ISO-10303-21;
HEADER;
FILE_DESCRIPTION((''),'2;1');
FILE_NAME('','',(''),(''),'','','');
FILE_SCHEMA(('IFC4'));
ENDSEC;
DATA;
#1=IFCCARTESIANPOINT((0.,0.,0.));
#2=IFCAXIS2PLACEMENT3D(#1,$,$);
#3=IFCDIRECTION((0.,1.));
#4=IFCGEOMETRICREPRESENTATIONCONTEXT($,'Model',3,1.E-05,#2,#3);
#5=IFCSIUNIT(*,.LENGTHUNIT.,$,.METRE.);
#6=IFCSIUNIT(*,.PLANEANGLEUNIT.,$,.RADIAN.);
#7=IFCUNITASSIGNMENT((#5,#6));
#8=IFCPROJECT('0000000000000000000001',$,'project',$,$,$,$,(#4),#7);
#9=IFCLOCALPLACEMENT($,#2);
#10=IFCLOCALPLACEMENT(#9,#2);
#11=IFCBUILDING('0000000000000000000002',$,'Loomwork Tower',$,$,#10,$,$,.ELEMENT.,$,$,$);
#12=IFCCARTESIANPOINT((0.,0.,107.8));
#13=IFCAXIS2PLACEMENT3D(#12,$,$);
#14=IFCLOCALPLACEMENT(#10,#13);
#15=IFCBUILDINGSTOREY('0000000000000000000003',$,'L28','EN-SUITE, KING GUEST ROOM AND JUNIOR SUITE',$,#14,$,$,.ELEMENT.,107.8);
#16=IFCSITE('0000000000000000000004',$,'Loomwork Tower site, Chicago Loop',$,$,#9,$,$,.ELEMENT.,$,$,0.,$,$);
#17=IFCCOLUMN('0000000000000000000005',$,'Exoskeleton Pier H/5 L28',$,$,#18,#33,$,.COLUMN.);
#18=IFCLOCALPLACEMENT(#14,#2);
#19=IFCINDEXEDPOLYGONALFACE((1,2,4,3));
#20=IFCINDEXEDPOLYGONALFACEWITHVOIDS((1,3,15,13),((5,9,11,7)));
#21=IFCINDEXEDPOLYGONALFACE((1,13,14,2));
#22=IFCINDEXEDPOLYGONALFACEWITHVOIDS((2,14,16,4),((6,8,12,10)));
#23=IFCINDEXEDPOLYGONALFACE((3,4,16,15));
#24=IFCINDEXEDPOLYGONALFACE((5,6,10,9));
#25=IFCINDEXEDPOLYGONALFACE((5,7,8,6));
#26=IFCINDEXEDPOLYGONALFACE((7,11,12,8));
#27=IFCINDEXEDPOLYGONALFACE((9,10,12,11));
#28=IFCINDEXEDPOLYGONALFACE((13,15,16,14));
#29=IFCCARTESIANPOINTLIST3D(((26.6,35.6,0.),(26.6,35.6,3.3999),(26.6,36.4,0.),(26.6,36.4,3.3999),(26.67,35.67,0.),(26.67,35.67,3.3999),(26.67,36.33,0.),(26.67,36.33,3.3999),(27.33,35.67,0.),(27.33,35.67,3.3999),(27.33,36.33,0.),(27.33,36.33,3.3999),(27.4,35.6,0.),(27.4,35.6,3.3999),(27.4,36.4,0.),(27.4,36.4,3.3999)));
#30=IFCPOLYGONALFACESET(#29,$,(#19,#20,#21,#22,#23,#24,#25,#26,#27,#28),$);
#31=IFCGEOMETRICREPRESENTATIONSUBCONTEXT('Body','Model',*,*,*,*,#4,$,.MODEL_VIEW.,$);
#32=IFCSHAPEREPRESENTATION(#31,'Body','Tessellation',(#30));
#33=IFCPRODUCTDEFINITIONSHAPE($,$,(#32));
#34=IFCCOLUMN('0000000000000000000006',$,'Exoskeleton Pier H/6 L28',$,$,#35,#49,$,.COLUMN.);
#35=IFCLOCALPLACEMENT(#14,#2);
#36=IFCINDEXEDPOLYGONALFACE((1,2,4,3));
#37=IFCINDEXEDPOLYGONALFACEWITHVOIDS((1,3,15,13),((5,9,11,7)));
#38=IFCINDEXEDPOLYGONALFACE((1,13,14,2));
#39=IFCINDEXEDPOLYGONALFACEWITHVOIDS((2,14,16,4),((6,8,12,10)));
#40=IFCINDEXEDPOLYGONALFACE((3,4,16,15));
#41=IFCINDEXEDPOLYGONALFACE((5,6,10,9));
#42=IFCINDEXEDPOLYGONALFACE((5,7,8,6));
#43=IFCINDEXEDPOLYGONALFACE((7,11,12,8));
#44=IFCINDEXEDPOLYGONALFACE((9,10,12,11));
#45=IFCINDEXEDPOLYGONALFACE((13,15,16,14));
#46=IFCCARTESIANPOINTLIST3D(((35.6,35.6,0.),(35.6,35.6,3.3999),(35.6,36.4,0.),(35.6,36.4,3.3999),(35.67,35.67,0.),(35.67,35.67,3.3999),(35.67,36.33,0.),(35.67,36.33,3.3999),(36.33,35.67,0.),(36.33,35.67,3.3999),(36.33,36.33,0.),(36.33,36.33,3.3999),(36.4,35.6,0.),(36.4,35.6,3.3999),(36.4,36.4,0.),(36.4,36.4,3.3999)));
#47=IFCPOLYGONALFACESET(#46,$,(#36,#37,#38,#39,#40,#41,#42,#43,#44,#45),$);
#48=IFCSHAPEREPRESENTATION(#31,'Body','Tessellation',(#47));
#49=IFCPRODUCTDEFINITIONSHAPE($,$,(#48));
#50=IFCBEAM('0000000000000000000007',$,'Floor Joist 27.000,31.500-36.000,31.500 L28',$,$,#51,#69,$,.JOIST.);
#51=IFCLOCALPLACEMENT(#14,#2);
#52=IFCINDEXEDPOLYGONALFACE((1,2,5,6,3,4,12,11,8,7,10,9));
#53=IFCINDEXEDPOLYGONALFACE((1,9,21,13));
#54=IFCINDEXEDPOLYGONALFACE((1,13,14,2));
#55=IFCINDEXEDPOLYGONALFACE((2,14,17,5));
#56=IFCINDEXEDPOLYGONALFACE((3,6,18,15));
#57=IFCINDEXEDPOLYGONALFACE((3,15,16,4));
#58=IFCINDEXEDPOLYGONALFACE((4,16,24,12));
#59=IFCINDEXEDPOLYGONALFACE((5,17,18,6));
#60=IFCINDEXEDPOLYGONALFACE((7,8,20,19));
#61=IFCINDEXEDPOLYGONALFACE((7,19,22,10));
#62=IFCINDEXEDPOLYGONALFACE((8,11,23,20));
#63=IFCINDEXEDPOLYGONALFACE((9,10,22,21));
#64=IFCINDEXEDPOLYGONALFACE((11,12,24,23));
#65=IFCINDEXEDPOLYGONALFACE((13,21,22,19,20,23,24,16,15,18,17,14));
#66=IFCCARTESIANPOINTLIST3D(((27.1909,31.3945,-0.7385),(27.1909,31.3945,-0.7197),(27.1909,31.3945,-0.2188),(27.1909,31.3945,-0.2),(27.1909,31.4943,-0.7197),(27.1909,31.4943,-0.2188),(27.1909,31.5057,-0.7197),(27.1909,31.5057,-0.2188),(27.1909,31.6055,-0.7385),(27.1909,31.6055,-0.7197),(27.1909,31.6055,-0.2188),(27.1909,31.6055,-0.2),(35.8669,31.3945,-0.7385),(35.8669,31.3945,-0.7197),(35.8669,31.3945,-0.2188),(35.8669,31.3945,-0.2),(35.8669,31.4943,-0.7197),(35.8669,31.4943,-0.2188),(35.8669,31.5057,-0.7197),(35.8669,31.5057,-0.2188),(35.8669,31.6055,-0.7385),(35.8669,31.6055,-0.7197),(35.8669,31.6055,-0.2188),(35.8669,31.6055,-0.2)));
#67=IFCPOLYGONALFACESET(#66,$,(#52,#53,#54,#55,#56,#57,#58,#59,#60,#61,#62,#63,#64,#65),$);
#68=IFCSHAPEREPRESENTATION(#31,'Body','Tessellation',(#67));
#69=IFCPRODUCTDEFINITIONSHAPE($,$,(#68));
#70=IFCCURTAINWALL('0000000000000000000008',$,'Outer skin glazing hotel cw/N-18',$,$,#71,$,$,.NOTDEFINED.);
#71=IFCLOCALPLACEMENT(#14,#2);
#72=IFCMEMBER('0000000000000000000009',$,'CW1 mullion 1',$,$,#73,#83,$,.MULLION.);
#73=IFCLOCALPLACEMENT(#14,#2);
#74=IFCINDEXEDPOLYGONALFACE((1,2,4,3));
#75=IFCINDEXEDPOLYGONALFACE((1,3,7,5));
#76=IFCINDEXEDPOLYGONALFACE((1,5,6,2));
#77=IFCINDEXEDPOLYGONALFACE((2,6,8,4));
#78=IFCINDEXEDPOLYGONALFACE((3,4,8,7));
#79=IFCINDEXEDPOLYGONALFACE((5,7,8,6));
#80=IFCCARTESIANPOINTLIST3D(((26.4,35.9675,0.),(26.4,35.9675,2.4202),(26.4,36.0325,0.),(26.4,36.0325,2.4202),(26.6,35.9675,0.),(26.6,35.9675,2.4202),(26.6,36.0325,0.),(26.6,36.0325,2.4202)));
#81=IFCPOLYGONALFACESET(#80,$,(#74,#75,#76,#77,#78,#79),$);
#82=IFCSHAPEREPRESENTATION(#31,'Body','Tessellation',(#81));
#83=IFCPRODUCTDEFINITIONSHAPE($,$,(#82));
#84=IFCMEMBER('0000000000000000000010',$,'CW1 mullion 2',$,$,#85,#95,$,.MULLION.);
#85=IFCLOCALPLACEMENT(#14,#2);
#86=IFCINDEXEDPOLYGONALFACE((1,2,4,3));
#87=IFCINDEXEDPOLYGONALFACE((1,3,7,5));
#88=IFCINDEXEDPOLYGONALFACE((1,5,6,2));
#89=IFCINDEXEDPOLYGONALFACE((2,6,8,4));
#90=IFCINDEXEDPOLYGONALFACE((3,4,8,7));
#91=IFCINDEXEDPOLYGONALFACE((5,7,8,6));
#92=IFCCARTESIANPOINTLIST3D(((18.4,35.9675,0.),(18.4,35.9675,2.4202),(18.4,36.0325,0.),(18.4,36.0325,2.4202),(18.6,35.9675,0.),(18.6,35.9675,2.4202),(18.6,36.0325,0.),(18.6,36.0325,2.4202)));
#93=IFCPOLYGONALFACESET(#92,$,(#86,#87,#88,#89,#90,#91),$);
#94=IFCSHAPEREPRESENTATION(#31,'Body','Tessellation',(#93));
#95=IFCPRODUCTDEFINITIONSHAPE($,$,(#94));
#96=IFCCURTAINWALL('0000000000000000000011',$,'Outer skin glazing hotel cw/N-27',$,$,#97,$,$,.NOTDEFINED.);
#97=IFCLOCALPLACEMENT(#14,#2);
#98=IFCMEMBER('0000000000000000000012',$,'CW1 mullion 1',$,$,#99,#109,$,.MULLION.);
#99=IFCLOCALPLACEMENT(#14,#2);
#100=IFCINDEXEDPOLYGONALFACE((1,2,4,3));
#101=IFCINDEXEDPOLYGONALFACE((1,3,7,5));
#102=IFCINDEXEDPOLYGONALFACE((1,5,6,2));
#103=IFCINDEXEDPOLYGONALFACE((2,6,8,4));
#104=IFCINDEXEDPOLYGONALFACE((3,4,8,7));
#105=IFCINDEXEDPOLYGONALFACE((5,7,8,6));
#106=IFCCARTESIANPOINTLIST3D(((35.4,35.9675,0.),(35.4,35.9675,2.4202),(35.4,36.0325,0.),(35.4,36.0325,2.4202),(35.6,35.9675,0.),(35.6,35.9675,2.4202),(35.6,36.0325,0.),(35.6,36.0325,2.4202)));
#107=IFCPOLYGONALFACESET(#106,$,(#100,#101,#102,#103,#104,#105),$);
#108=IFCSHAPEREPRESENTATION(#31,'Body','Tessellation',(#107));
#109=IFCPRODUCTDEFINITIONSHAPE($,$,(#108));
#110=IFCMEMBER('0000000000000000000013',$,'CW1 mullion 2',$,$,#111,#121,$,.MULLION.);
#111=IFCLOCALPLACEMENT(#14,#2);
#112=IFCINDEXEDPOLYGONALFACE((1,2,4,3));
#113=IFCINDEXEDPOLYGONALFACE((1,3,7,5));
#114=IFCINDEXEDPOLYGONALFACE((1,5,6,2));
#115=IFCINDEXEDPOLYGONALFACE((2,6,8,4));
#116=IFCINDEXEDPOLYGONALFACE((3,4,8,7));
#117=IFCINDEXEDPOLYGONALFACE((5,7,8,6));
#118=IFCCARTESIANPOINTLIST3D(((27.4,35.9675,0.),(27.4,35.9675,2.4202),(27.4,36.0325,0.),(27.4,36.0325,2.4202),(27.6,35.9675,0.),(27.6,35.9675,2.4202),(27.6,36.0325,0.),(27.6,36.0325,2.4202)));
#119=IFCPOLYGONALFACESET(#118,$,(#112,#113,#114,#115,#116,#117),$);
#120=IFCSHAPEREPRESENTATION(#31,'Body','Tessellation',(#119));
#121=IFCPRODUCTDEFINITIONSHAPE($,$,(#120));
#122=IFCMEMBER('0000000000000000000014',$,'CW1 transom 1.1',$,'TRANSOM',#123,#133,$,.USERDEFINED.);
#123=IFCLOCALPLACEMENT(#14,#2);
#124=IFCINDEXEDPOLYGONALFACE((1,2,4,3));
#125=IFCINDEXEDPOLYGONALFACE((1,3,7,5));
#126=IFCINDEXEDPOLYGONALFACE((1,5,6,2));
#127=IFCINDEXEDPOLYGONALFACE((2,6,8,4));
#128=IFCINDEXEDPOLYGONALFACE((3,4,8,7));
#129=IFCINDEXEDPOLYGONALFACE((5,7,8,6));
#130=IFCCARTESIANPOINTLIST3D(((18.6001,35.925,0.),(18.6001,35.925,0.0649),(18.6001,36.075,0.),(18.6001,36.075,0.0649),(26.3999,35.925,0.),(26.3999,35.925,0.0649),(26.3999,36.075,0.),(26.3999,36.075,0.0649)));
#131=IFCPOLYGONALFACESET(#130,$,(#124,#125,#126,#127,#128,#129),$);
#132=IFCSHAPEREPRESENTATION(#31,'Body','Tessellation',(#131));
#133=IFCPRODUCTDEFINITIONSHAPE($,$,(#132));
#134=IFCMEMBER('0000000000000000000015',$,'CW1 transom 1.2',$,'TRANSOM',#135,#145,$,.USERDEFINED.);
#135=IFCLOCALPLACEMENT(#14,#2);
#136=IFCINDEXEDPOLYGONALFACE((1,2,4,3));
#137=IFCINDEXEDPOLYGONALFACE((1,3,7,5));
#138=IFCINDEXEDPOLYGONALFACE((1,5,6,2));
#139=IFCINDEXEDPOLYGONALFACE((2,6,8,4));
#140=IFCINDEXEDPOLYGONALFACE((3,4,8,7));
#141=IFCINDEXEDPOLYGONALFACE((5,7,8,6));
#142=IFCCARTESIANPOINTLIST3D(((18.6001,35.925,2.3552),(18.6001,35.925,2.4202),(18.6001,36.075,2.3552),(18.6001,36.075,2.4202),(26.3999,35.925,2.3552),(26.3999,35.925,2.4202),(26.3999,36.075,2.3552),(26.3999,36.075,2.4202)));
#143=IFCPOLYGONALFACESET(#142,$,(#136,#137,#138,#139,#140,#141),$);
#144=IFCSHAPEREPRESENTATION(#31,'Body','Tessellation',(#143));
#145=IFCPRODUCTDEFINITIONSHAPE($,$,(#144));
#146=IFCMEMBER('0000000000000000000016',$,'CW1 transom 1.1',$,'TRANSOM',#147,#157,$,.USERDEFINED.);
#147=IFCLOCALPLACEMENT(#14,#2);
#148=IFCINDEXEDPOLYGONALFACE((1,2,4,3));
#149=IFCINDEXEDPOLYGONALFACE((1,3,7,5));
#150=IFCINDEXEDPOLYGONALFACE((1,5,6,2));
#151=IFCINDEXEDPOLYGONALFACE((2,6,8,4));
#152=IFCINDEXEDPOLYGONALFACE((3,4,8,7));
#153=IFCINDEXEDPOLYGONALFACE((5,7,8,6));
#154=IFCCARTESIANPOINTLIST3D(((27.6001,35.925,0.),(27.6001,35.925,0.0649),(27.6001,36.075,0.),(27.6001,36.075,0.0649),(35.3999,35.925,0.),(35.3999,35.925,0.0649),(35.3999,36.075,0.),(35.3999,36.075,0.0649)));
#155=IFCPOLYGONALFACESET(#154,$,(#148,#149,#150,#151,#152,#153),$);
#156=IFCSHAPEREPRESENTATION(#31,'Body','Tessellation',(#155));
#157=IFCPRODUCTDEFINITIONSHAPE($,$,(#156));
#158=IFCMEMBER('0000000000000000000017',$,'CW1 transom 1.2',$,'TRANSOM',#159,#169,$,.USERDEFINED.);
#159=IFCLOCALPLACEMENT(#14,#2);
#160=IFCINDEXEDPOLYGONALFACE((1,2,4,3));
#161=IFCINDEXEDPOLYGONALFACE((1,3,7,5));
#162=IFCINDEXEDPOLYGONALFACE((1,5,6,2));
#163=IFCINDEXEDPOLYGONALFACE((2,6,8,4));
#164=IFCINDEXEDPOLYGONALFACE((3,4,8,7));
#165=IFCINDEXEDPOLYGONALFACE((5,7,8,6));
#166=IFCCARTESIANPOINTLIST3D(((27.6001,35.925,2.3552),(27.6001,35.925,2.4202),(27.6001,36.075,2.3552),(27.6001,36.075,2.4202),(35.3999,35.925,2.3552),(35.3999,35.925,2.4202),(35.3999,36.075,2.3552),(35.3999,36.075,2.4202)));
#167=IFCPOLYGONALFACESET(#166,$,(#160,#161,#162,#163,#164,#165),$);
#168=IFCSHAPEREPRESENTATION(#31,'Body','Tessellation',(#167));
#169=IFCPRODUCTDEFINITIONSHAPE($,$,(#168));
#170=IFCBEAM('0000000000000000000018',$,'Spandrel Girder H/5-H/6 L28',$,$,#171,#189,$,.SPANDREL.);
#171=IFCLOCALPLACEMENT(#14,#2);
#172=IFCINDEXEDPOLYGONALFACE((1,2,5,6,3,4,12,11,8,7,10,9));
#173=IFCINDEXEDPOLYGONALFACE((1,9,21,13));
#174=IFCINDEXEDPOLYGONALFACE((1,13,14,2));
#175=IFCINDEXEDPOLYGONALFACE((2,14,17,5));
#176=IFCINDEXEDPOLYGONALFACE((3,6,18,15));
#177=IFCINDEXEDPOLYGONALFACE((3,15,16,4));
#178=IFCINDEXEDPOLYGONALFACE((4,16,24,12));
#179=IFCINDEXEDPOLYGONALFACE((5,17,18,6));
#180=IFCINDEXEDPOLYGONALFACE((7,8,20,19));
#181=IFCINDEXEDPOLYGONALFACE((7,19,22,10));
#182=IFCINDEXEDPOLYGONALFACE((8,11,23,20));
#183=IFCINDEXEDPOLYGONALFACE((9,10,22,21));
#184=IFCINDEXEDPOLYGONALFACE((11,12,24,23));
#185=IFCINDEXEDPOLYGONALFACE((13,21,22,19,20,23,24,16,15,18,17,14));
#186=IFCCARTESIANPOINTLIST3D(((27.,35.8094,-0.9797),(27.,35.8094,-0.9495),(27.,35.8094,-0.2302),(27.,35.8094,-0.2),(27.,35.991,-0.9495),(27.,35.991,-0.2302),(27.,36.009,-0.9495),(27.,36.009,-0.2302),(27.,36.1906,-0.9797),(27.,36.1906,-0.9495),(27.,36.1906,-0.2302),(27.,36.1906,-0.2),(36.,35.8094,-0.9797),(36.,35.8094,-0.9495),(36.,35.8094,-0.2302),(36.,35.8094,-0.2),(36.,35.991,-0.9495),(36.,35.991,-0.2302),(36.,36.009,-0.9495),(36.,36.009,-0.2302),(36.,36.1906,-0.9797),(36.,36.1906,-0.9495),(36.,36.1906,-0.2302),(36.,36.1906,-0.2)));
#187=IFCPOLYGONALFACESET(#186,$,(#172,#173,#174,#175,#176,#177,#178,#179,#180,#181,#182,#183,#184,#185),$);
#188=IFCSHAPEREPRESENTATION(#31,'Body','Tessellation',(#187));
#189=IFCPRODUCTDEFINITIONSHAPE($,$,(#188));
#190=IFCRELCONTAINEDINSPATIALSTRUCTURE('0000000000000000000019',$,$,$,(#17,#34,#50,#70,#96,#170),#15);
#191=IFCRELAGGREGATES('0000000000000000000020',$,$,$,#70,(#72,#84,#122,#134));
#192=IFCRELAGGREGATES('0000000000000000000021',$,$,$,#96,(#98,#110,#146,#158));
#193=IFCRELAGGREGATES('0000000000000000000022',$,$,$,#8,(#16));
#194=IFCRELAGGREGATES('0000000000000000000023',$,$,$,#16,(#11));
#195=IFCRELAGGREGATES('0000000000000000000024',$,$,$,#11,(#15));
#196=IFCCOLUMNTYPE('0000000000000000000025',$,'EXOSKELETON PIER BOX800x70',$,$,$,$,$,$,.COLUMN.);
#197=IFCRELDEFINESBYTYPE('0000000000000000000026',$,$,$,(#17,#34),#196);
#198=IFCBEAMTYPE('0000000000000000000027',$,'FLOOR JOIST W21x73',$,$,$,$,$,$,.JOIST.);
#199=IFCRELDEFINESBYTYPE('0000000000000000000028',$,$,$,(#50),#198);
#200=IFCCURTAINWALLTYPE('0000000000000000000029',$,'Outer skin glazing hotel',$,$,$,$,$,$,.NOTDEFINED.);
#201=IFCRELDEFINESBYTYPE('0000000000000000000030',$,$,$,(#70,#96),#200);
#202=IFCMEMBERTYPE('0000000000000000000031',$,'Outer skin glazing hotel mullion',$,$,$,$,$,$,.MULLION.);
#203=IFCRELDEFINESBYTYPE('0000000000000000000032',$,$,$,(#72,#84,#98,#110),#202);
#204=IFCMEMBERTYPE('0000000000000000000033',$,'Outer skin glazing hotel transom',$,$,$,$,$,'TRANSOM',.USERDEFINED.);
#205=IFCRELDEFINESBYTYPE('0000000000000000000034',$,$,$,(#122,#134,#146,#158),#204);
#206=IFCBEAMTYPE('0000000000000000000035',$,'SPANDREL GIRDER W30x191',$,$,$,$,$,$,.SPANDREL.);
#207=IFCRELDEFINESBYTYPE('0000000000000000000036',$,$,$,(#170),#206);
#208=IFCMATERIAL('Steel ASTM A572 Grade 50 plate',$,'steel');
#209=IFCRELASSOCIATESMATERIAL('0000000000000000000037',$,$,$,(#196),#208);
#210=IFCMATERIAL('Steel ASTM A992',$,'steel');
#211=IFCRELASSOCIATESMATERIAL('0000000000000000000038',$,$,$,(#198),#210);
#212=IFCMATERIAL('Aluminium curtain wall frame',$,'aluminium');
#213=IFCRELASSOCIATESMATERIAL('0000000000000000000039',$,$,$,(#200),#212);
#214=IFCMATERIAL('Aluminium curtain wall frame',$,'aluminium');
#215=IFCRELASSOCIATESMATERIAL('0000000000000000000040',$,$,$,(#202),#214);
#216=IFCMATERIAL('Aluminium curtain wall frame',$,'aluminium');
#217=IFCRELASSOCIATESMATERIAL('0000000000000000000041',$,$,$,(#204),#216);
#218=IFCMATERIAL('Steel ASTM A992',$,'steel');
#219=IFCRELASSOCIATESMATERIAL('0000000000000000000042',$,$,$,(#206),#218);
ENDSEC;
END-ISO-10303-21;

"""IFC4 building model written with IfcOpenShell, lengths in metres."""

from ifc_helpers import new_model, si_unit, direction, frame, origin, origin_2d, place, context, subcontext, project, spatial, rectangle, hollow_rectangle, i_section, extrude, material, material_profile, profile_set, type_object, element, aggregate, save


model = new_model("IFC4")

# Units and contexts
model_context = context("Model", 3, precision=1e-05, world=origin(), true_north=direction((0.0, 1.0)))
body_context = subcontext(model_context, "Body", "Model", "MODEL_VIEW")
ifc_project = project(units=[si_unit("LENGTHUNIT", "METRE"), si_unit("PLANEANGLEUNIT", "RADIAN")], contexts=[model_context])

# Site, building, storey
site_placement = place(None, origin())
site = spatial("IfcSite", under=ifc_project, at=site_placement, Name="Loomwork Tower site, Chicago Loop", CompositionType="ELEMENT", RefElevation=0.0)
building_placement = place(site_placement, origin())
building = spatial("IfcBuilding", under=site, at=building_placement, Name="Loomwork Tower", CompositionType="ELEMENT")
storey_placement = place(building_placement, frame((0.0, 0.0, 107.8)))
storey = spatial("IfcBuildingStorey", under=building, at=storey_placement, Name="L28", Description="EN-SUITE, KING GUEST ROOM AND JUNIOR SUITE", CompositionType="ELEMENT", Elevation=107.8)

# Columns
ifc_material_1 = material(Name="Steel ASTM A572 Grade 50 plate", Category="steel")
ifc_material_profile_1 = material_profile(ifc_material_1, hollow_rectangle(XDim=0.8, YDim=0.8, WallThickness=0.0701, at=origin_2d()), Name="BOX800x70")
ifc_profile_set_1 = profile_set([ifc_material_profile_1], Name="Steel ASTM A572 Grade 50 plate")
column_type = type_object("IfcColumnType", Name="EXOSKELETON PIER BOX800x70", PredefinedType="COLUMN", material=ifc_profile_set_1)
for number, where, z_axis, x_axis, name in (
    (1, (27.0, 36.0, 0.0), (0.0, 0.0, 1.0), (1.0, 0.0, 0.0), "Exoskeleton Pier H/5 L28"),
    (2, (36.0, 36.0, 0.0), (0.0, 0.0, 1.0), (1.0, 0.0, 0.0), "Exoskeleton Pier H/6 L28"),
):
    element("IfcColumn", number, at=place(storey_placement, frame(where, z_axis=z_axis, x_axis=x_axis)), inside=storey, type_object=column_type, Name=name, PredefinedType="COLUMN", context=body_context, shape_type="SweptSolid", body=[
        extrude(hollow_rectangle(XDim=0.8, YDim=0.8, WallThickness=0.0701, at=origin_2d()), origin(), (0.0, 0.0, 1.0), 3.3999),
    ])

# Beam
ifc_material_2 = material(Name="Steel ASTM A992", Category="steel")
ifc_material_profile_2 = material_profile(ifc_material_2, i_section(OverallWidth=0.2109, OverallDepth=0.5386, WebThickness=0.0115, FlangeThickness=0.0188, at=origin_2d()), Name="W21x73")
ifc_profile_set_2 = profile_set([ifc_material_profile_2], Name="Steel ASTM A992")
beam_type_1 = type_object("IfcBeamType", Name="FLOOR JOIST W21x73", PredefinedType="JOIST", material=ifc_profile_set_2)
beam_1_placement = place(storey_placement, frame((27.1909, 31.5, -0.4692), z_axis=(1.0, 0.0, 0.0), x_axis=(0.0, 1.0, 0.0)))
element("IfcBeam", 3, at=beam_1_placement, inside=storey, type_object=beam_type_1, Name="Floor Joist 27.000,31.500-36.000,31.500 L28", PredefinedType="JOIST", context=body_context, shape_type="SweptSolid", body=[
    extrude(i_section(OverallWidth=0.2109, OverallDepth=0.5386, WebThickness=0.0115, FlangeThickness=0.0188, at=origin_2d()), origin(), (0.0, 0.0, 1.0), 8.676),
])

# Curtain walls, members
ifc_material_3 = material(Name="Aluminium curtain wall frame", Category="aluminium")
curtain_wall_type = type_object("IfcCurtainWallType", Name="Outer skin glazing hotel", PredefinedType="NOTDEFINED", material=ifc_material_3)
curtain_wall_1_placement = place(storey_placement, origin())
curtain_wall_1 = element("IfcCurtainWall", 4, at=curtain_wall_1_placement, inside=storey, type_object=curtain_wall_type, Name="Outer skin glazing hotel cw/N-18", PredefinedType="NOTDEFINED")
ifc_material_4 = material(Name="Aluminium curtain wall frame", Category="aluminium")
ifc_material_profile_3 = material_profile(ifc_material_4, rectangle(XDim=0.0649, YDim=0.2, at=origin_2d()), Name="AL 65x200")
ifc_profile_set_3 = profile_set([ifc_material_profile_3], Name="Aluminium curtain wall frame")
member_type_1 = type_object("IfcMemberType", Name="Outer skin glazing hotel mullion", PredefinedType="MULLION", material=ifc_profile_set_3)
member_1_placement = place(storey_placement, frame((26.5, 36.0, 0.0), z_axis=(0.0, 0.0, 1.0), x_axis=(0.0, -1.0, 0.0)))
member_1 = element("IfcMember", 5, at=member_1_placement, type_object=member_type_1, Name="CW1 mullion 1", PredefinedType="MULLION", context=body_context, shape_type="SweptSolid", body=[
    extrude(rectangle(XDim=0.0649, YDim=0.2, at=origin_2d()), origin(), (0.0, 0.0, 1.0), 2.4202),
])
member_2_placement = place(storey_placement, frame((18.5, 36.0, 0.0), z_axis=(0.0, 0.0, 1.0), x_axis=(0.0, -1.0, 0.0)))
member_2 = element("IfcMember", 6, at=member_2_placement, type_object=member_type_1, Name="CW1 mullion 2", PredefinedType="MULLION", context=body_context, shape_type="SweptSolid", body=[
    extrude(rectangle(XDim=0.0649, YDim=0.2, at=origin_2d()), origin(), (0.0, 0.0, 1.0), 2.4202),
])
curtain_wall_2_placement = place(storey_placement, origin())
curtain_wall_2 = element("IfcCurtainWall", 7, at=curtain_wall_2_placement, inside=storey, type_object=curtain_wall_type, Name="Outer skin glazing hotel cw/N-27", PredefinedType="NOTDEFINED")
member_3_placement = place(storey_placement, frame((35.5, 36.0, 0.0), z_axis=(0.0, 0.0, 1.0), x_axis=(0.0, -1.0, 0.0)))
member_3 = element("IfcMember", 8, at=member_3_placement, type_object=member_type_1, Name="CW1 mullion 1", PredefinedType="MULLION", context=body_context, shape_type="SweptSolid", body=[
    extrude(rectangle(XDim=0.0649, YDim=0.2, at=origin_2d()), origin(), (0.0, 0.0, 1.0), 2.4202),
])
member_4_placement = place(storey_placement, frame((27.5, 36.0, 0.0), z_axis=(0.0, 0.0, 1.0), x_axis=(0.0, -1.0, 0.0)))
member_4 = element("IfcMember", 9, at=member_4_placement, type_object=member_type_1, Name="CW1 mullion 2", PredefinedType="MULLION", context=body_context, shape_type="SweptSolid", body=[
    extrude(rectangle(XDim=0.0649, YDim=0.2, at=origin_2d()), origin(), (0.0, 0.0, 1.0), 2.4202),
])

# Members
ifc_material_5 = material(Name="Aluminium curtain wall frame", Category="aluminium")
ifc_material_profile_4 = material_profile(ifc_material_5, rectangle(XDim=0.1499, YDim=0.0649, at=origin_2d()), Name="AL 65x150")
ifc_profile_set_4 = profile_set([ifc_material_profile_4], Name="Aluminium curtain wall frame")
member_type_2 = type_object("IfcMemberType", Name="Outer skin glazing hotel transom", ElementType="TRANSOM", PredefinedType="USERDEFINED", material=ifc_profile_set_4)
member_5_placement = place(storey_placement, frame((26.3999, 36.0, 0.0325), z_axis=(-1.0, 0.0, 0.0), x_axis=(0.0, -1.0, 0.0)))
member_5 = element("IfcMember", 10, at=member_5_placement, type_object=member_type_2, Name="CW1 transom 1.1", ObjectType="TRANSOM", PredefinedType="USERDEFINED", context=body_context, shape_type="SweptSolid", body=[
    extrude(rectangle(XDim=0.1499, YDim=0.0649, at=origin_2d()), origin(), (0.0, 0.0, 1.0), 7.7998),
])
member_6_placement = place(storey_placement, frame((26.3999, 36.0, 2.3877), z_axis=(-1.0, 0.0, 0.0), x_axis=(0.0, -1.0, 0.0)))
member_6 = element("IfcMember", 11, at=member_6_placement, type_object=member_type_2, Name="CW1 transom 1.2", ObjectType="TRANSOM", PredefinedType="USERDEFINED", context=body_context, shape_type="SweptSolid", body=[
    extrude(rectangle(XDim=0.1499, YDim=0.0649, at=origin_2d()), origin(), (0.0, 0.0, 1.0), 7.7998),
])
member_7_placement = place(storey_placement, frame((35.3999, 36.0, 0.0325), z_axis=(-1.0, 0.0, 0.0), x_axis=(0.0, -1.0, 0.0)))
member_7 = element("IfcMember", 12, at=member_7_placement, type_object=member_type_2, Name="CW1 transom 1.1", ObjectType="TRANSOM", PredefinedType="USERDEFINED", context=body_context, shape_type="SweptSolid", body=[
    extrude(rectangle(XDim=0.1499, YDim=0.0649, at=origin_2d()), origin(), (0.0, 0.0, 1.0), 7.7998),
])
member_8_placement = place(storey_placement, frame((35.3999, 36.0, 2.3877), z_axis=(-1.0, 0.0, 0.0), x_axis=(0.0, -1.0, 0.0)))
member_8 = element("IfcMember", 13, at=member_8_placement, type_object=member_type_2, Name="CW1 transom 1.2", ObjectType="TRANSOM", PredefinedType="USERDEFINED", context=body_context, shape_type="SweptSolid", body=[
    extrude(rectangle(XDim=0.1499, YDim=0.0649, at=origin_2d()), origin(), (0.0, 0.0, 1.0), 7.7998),
])

# Beam
ifc_material_6 = material(Name="Steel ASTM A992", Category="steel")
ifc_material_profile_5 = material_profile(ifc_material_6, i_section(OverallWidth=0.3811, OverallDepth=0.7798, WebThickness=0.0181, FlangeThickness=0.0303, at=origin_2d()), Name="W30x191")
ifc_profile_set_5 = profile_set([ifc_material_profile_5], Name="Steel ASTM A992")
beam_type_2 = type_object("IfcBeamType", Name="SPANDREL GIRDER W30x191", PredefinedType="SPANDREL", material=ifc_profile_set_5)
beam_2_placement = place(storey_placement, frame((27.0, 36.0, -0.5898), z_axis=(1.0, 0.0, 0.0), x_axis=(0.0, 1.0, 0.0)))
element("IfcBeam", 14, at=beam_2_placement, inside=storey, type_object=beam_type_2, Name="Spandrel Girder H/5-H/6 L28", PredefinedType="SPANDREL", context=body_context, shape_type="SweptSolid", body=[
    extrude(i_section(OverallWidth=0.3811, OverallDepth=0.7798, WebThickness=0.0181, FlangeThickness=0.0303, at=origin_2d()), origin(), (0.0, 0.0, 1.0), 9.0),
])

aggregate(curtain_wall_1, [member_1, member_2, member_5, member_6])
aggregate(curtain_wall_2, [member_3, member_4, member_7, member_8])

save(model, "model.ifc")
